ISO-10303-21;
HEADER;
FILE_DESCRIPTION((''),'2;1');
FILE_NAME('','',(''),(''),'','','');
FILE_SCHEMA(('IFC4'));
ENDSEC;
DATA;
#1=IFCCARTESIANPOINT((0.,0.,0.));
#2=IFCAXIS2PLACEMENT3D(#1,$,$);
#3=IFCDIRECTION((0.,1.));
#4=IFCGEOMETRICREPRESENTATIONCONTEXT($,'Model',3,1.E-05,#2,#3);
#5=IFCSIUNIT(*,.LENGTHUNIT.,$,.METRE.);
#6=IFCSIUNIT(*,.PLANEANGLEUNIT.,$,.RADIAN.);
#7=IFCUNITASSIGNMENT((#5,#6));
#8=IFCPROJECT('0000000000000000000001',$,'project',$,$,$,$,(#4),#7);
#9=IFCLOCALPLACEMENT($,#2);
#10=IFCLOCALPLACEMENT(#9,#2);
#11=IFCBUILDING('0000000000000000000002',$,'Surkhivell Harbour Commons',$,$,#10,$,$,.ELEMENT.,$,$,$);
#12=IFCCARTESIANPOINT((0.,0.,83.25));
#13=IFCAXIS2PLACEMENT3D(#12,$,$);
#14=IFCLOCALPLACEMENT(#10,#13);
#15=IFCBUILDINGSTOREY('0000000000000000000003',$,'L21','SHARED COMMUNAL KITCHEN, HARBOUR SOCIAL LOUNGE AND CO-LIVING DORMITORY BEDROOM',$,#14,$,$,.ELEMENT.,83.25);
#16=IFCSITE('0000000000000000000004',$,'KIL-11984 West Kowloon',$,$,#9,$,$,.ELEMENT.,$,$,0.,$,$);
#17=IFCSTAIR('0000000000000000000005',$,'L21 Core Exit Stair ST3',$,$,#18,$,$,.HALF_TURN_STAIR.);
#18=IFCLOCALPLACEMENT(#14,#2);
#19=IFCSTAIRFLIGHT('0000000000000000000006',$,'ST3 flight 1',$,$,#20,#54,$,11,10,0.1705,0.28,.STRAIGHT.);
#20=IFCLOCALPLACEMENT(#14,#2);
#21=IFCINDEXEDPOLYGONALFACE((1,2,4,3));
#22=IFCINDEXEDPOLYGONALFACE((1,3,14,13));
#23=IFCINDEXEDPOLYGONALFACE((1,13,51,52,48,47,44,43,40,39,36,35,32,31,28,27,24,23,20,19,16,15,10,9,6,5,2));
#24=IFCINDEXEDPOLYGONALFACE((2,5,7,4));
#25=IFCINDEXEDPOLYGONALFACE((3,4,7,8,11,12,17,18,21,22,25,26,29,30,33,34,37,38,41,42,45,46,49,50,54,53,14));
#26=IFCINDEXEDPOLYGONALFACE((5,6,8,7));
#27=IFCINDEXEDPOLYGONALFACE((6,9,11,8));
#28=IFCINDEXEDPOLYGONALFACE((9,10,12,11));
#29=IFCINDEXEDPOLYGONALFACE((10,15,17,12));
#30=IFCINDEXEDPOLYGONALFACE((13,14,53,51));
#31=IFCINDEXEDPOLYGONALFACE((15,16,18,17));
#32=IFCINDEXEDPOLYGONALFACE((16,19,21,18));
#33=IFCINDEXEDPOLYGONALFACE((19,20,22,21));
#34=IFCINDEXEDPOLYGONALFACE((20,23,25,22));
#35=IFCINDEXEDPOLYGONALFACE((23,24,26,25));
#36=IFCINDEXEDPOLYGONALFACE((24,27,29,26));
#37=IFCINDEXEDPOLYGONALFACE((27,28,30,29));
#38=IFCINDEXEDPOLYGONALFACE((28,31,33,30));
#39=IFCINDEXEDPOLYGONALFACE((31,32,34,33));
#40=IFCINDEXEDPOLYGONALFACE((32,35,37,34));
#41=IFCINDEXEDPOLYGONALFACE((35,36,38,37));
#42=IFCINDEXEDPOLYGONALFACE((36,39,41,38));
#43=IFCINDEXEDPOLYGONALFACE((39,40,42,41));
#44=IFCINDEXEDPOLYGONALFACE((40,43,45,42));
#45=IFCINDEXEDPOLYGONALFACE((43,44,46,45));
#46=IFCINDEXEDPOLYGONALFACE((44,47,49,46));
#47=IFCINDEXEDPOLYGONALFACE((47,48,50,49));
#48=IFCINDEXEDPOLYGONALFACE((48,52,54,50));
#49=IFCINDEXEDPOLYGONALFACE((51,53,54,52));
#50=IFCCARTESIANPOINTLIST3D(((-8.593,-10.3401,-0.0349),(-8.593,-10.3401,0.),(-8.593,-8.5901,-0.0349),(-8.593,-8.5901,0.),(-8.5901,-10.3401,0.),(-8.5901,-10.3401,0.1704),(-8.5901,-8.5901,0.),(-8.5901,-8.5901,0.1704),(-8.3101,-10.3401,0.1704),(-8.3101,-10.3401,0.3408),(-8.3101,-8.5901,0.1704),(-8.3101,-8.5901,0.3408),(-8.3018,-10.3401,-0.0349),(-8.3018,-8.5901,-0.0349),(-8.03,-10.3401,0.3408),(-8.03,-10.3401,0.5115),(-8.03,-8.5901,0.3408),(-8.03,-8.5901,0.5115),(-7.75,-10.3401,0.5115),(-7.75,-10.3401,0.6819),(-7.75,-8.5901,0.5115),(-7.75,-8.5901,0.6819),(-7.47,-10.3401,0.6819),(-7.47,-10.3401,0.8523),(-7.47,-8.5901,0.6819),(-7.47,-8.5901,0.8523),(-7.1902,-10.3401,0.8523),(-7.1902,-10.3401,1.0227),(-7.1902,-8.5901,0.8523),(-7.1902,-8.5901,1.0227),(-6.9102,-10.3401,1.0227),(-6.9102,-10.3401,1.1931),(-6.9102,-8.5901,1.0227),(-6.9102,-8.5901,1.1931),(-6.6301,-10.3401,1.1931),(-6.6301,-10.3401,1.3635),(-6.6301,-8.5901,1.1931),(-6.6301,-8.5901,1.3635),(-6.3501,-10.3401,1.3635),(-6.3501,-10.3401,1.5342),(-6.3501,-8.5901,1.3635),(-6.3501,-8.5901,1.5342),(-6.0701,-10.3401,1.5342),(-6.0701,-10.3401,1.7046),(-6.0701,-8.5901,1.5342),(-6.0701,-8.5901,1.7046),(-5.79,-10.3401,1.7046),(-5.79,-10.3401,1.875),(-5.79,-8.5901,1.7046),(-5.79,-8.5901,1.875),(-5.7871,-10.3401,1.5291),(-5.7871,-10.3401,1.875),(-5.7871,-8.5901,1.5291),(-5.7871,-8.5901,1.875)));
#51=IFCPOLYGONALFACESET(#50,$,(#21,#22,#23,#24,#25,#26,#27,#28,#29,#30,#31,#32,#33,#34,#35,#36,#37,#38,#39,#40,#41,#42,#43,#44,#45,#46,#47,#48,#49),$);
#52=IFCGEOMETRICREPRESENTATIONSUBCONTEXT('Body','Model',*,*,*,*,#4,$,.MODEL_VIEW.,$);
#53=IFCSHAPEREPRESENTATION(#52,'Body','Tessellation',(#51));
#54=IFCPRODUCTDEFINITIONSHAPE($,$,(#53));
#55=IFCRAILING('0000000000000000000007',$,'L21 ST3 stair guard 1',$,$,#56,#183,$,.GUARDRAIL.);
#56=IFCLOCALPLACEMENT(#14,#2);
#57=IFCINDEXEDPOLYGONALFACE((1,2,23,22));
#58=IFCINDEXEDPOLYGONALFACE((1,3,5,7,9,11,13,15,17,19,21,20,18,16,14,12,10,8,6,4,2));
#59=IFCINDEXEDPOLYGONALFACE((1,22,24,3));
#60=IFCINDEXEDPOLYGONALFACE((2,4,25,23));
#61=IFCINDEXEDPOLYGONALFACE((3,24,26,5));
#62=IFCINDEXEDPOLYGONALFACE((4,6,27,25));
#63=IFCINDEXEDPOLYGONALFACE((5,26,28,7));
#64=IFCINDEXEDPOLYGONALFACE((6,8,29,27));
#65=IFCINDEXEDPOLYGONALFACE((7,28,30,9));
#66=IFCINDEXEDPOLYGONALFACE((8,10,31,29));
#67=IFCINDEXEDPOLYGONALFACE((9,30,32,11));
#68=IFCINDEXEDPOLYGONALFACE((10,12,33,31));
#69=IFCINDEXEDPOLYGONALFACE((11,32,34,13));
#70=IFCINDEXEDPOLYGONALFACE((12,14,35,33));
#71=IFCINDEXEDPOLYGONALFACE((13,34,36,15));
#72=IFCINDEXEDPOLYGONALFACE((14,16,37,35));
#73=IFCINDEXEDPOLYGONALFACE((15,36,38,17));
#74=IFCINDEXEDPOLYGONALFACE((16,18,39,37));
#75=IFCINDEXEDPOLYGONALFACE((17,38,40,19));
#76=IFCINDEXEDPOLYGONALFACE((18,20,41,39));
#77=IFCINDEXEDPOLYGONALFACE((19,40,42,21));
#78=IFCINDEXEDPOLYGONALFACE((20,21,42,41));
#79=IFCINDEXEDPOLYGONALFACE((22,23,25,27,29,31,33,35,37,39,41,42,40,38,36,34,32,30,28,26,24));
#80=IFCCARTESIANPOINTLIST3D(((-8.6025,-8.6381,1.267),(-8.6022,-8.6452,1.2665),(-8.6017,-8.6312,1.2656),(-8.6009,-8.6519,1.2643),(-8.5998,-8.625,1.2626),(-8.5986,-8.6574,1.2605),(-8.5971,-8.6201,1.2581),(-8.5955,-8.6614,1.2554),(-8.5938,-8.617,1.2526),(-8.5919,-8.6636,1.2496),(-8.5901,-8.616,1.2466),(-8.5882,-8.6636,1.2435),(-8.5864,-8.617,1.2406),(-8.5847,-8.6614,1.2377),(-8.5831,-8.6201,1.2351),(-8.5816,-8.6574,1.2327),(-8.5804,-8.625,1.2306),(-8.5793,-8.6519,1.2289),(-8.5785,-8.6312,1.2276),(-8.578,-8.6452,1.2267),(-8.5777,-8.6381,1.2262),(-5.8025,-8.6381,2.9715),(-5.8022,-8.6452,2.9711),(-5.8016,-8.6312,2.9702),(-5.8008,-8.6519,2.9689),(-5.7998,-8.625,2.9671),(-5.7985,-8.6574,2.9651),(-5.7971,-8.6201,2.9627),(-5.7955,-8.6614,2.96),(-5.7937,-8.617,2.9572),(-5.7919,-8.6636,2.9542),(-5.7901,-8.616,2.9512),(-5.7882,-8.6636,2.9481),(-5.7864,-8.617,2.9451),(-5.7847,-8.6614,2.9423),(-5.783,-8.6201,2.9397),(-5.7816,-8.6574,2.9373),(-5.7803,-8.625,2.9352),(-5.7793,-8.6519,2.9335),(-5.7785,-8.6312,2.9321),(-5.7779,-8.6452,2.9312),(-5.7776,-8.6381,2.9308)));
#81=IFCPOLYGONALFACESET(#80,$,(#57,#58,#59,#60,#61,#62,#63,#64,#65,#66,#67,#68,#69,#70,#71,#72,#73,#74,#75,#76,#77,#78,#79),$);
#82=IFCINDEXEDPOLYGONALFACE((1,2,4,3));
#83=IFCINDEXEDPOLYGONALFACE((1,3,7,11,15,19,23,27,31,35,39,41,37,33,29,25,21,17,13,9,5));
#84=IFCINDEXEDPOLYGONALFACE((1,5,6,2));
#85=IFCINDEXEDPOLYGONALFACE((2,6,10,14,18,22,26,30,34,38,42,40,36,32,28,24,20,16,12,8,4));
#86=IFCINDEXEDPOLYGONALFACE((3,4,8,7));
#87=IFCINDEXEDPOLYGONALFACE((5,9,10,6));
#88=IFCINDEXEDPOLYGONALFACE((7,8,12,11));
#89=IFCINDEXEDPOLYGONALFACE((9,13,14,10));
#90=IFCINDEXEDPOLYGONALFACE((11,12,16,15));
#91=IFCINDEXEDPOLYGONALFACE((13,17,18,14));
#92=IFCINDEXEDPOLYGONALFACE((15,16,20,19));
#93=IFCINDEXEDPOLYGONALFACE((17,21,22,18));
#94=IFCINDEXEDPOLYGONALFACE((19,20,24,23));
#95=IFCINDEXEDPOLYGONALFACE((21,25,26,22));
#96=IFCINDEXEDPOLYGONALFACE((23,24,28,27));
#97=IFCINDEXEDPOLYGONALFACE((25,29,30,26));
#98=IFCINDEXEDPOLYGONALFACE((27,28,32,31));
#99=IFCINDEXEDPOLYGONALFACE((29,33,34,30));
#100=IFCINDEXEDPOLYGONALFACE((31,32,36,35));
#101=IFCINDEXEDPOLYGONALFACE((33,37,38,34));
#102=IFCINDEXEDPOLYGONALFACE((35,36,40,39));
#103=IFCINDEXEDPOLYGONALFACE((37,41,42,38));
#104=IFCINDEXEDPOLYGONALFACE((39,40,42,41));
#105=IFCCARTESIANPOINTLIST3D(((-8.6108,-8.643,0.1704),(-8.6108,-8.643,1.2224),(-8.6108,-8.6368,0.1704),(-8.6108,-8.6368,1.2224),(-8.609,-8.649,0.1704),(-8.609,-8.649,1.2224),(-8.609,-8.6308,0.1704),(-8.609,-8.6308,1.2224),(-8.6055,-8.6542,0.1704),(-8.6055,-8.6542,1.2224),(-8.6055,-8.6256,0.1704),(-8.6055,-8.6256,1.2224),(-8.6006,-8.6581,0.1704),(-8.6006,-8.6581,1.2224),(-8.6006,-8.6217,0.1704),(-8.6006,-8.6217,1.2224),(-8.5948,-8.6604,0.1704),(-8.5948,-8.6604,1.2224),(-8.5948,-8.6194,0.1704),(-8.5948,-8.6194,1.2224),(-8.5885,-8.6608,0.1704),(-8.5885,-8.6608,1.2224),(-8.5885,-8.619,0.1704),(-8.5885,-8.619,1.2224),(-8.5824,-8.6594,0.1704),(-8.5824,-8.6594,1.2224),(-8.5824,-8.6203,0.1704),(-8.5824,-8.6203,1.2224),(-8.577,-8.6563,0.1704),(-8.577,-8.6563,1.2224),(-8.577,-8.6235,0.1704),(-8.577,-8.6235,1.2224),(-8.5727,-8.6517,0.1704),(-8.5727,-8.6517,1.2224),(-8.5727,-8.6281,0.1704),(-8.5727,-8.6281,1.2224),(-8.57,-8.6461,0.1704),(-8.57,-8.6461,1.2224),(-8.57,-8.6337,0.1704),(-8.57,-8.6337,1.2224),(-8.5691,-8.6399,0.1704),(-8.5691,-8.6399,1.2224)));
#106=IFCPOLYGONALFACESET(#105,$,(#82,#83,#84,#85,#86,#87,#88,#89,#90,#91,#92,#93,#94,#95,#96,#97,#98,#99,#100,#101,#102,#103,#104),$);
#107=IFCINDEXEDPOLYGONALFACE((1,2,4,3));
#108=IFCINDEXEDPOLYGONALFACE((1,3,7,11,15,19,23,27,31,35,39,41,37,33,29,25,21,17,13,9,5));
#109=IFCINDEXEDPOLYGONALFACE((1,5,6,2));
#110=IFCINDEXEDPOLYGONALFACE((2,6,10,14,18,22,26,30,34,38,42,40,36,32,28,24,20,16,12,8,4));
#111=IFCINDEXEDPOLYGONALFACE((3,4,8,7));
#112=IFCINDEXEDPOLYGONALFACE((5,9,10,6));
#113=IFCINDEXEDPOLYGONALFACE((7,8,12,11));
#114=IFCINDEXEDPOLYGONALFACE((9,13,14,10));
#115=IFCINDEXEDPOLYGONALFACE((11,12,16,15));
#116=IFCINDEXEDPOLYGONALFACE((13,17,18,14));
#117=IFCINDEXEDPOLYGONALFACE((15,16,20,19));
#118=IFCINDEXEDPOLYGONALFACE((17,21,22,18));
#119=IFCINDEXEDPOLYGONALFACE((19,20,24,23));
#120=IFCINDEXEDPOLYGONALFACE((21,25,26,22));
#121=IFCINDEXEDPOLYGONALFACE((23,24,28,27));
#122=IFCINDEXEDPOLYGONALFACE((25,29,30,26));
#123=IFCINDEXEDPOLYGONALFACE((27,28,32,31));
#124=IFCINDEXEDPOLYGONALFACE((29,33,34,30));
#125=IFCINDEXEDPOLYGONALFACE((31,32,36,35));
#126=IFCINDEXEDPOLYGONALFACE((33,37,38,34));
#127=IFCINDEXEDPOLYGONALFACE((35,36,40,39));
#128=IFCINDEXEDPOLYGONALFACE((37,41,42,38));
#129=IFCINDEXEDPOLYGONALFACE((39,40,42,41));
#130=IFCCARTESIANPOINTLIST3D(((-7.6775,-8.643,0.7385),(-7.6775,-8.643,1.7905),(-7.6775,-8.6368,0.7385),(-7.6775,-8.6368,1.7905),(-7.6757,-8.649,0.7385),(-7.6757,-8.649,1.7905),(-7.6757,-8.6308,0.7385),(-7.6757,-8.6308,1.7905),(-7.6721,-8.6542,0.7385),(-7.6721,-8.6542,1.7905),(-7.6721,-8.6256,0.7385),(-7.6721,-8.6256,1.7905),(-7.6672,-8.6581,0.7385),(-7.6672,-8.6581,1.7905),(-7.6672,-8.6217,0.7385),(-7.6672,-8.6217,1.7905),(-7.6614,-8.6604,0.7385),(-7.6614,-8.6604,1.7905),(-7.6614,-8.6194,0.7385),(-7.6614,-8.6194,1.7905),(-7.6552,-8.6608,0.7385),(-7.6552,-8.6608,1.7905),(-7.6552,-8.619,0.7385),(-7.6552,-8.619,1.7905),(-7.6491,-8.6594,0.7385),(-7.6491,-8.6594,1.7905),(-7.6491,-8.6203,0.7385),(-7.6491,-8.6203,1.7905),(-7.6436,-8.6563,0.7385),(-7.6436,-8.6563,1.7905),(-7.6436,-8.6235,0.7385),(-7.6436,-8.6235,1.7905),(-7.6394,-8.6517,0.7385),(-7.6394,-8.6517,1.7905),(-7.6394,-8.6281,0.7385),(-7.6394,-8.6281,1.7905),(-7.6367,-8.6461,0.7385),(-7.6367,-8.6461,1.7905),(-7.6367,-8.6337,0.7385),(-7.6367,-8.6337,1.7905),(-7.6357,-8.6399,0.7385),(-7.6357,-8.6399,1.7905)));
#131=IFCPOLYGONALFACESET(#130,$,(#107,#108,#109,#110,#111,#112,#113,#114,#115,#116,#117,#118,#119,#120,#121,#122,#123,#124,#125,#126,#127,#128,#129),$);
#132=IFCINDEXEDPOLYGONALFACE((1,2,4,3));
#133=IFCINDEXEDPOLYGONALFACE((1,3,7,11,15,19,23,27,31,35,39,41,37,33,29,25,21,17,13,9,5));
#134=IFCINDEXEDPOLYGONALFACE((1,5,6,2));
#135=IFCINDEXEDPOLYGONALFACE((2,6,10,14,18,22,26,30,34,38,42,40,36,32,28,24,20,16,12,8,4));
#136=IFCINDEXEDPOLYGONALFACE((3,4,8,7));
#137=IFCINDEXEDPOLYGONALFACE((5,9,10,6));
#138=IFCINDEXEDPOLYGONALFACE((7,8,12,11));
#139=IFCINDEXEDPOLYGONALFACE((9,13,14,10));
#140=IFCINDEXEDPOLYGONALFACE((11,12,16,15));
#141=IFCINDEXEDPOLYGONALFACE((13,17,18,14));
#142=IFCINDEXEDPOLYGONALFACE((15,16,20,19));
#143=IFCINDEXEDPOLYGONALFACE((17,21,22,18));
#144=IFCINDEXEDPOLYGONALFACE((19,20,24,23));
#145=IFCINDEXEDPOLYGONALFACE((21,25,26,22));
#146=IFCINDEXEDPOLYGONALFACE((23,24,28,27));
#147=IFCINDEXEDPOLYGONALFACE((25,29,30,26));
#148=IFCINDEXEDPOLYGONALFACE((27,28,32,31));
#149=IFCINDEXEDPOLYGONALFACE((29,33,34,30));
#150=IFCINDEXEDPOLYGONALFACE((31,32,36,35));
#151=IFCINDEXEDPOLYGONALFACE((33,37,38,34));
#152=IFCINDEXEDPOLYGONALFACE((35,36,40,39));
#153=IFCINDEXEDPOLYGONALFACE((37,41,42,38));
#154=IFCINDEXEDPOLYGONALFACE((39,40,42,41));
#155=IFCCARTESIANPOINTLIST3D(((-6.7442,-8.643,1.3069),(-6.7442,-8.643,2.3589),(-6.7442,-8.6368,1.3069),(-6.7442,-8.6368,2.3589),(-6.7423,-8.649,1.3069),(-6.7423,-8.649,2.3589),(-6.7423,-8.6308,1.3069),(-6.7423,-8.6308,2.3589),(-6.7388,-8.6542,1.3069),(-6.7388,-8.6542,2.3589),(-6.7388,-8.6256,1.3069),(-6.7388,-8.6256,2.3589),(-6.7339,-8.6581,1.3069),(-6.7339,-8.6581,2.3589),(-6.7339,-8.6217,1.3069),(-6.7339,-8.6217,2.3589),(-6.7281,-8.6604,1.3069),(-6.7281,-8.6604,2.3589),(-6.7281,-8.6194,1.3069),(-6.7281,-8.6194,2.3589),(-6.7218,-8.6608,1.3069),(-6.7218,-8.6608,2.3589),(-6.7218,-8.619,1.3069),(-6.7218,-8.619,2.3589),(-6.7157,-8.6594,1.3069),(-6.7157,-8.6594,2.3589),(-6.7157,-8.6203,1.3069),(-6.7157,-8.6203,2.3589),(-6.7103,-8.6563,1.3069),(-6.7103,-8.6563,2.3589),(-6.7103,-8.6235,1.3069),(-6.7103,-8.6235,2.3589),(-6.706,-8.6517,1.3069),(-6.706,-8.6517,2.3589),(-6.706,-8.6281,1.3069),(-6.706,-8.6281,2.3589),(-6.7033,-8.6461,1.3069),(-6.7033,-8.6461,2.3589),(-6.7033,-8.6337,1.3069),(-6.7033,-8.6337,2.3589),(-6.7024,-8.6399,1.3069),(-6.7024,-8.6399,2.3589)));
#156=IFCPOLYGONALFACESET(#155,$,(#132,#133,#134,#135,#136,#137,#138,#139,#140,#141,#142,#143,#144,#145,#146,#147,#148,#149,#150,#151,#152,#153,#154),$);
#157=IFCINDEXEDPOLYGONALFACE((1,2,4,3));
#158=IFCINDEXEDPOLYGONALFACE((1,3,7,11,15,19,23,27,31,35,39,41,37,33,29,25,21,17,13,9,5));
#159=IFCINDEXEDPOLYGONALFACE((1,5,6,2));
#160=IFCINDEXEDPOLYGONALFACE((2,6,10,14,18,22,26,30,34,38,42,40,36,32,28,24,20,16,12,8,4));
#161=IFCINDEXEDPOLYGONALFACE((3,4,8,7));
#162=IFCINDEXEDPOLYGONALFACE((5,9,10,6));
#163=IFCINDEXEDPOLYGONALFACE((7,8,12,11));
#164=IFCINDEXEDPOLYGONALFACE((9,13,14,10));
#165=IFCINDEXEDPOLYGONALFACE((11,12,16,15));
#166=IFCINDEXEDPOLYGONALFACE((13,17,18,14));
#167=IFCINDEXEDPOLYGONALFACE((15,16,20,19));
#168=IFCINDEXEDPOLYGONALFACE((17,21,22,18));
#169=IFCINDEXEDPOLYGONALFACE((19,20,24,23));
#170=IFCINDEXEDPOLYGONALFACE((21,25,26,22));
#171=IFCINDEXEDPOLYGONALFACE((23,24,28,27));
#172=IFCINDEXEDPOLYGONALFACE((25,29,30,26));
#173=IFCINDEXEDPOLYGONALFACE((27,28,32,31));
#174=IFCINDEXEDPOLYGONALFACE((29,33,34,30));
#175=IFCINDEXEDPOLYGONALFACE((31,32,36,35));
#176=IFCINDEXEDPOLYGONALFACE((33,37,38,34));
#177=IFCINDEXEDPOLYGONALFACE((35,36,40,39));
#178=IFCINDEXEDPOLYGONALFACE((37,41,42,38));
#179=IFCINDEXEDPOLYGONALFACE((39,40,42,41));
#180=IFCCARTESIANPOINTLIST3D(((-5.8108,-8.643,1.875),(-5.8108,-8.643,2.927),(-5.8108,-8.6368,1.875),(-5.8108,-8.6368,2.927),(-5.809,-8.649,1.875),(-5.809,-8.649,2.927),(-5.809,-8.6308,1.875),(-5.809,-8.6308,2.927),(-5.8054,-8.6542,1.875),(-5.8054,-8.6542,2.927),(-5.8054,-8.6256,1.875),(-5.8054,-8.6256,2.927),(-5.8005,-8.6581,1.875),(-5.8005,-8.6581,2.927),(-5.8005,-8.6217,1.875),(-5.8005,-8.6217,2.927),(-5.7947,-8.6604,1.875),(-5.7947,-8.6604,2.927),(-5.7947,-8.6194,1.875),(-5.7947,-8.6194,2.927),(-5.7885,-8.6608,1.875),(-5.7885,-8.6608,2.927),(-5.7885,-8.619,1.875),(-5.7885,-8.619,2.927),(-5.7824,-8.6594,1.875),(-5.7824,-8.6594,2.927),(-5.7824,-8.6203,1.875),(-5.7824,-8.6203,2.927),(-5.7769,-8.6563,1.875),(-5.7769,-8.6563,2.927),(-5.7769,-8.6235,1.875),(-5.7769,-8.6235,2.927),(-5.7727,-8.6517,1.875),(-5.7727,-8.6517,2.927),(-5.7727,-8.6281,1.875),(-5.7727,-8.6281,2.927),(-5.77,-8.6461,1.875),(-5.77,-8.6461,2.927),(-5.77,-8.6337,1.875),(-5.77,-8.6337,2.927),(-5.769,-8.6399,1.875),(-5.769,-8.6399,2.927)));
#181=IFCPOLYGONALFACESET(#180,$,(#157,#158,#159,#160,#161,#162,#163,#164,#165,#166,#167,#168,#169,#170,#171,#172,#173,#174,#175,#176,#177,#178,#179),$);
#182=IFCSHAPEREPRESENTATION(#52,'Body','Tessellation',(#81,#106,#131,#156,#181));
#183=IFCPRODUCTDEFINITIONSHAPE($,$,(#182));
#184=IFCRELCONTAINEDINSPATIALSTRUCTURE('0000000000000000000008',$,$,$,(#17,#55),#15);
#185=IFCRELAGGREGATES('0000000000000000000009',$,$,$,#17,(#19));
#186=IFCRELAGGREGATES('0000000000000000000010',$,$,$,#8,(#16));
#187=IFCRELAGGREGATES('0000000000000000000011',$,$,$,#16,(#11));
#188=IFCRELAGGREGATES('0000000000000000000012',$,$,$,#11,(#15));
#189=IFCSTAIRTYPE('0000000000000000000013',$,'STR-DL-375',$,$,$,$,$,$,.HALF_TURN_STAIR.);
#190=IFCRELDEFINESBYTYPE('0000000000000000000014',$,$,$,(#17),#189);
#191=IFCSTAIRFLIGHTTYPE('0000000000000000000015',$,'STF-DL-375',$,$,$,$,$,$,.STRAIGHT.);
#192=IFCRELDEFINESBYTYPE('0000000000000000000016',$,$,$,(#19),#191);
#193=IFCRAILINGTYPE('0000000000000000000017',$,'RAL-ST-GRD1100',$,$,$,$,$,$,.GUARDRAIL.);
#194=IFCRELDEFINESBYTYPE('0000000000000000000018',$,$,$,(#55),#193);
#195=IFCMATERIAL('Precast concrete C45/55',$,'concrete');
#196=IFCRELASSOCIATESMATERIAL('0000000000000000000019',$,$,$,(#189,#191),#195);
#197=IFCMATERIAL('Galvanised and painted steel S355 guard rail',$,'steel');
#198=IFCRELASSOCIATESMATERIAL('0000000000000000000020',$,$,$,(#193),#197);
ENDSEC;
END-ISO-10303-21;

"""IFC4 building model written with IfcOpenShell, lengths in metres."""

from ifc_helpers import new_model, si_unit, direction, frame, origin, origin_2d, place, context, subcontext, project, spatial, polyline, circle, outline, extrude, material, type_object, element, aggregate, save


model = new_model("IFC4")

# Units and contexts
model_context = context("Model", 3, precision=1e-05, world=origin(), true_north=direction((0.0, 1.0)))
body_context = subcontext(model_context, "Body", "Model", "MODEL_VIEW")
ifc_project = project(units=[si_unit("LENGTHUNIT", "METRE"), si_unit("PLANEANGLEUNIT", "RADIAN")], contexts=[model_context])

# Site, building, storey
site_placement = place(None, origin())
site = spatial("IfcSite", under=ifc_project, at=site_placement, Name="KIL-11984 West Kowloon", CompositionType="ELEMENT", RefElevation=0.0)
building_placement = place(site_placement, origin())
building = spatial("IfcBuilding", under=site, at=building_placement, Name="Surkhivell Harbour Commons", CompositionType="ELEMENT")
storey_placement = place(building_placement, frame((0.0, 0.0, 83.25)))
storey = spatial("IfcBuildingStorey", under=building, at=storey_placement, Name="L21", Description="SHARED COMMUNAL KITCHEN, HARBOUR SOCIAL LOUNGE AND CO-LIVING DORMITORY BEDROOM", CompositionType="ELEMENT", Elevation=83.25)

# Stair, stair flight
ifc_material_1 = material(Name="Precast concrete C45/55", Category="concrete")
stair_type = type_object("IfcStairType", Name="STR-DL-375", PredefinedType="HALF_TURN_STAIR", material=ifc_material_1)
stair_placement = place(storey_placement, origin())
stair = element("IfcStair", 1, at=stair_placement, inside=storey, type_object=stair_type, Name="L21 Core Exit Stair ST3", PredefinedType="HALF_TURN_STAIR")
stair_flight_type = type_object("IfcStairFlightType", Name="STF-DL-375", PredefinedType="STRAIGHT", material=ifc_material_1)
stair_flight_placement = place(storey_placement, frame((-8.5901, -9.4651, 0.0), z_axis=(0.0, 0.0, 1.0), x_axis=(1.0, 0.0, 0.0)))
stair_flight = element("IfcStairFlight", 2, at=stair_flight_placement, type_object=stair_flight_type, Name="ST3 flight 1", NumberOfRisers=11, NumberOfTreads=10, PredefinedType="STRAIGHT", RiserHeight=0.1705, TreadLength=0.28, context=body_context, shape_type="SweptSolid", body=[
    extrude(outline(polyline([(-0.0029, -0.0349), (-0.0029, 0.0), (0.0, 0.0), (0.0, 0.1704), (0.28, 0.1704), (0.28, 0.3408), (0.5601, 0.3408), (0.5601, 0.5115), (0.8401, 0.5115), (0.8401, 0.6819), (1.1201, 0.6819), (1.1201, 0.8523), (1.3999, 0.8523), (1.3999, 1.0227), (1.6799, 1.0227), (1.6799, 1.1931), (1.96, 1.1931), (1.96, 1.3635), (2.24, 1.3635), (2.24, 1.5342), (2.52, 1.5342), (2.52, 1.7046), (2.8, 1.7046), (2.8, 1.875), (2.803, 1.875), (2.803, 1.5291), (0.2883, -0.0349), (-0.0029, -0.0349)])), frame((0.0, 0.875, 0.0), z_axis=(0.0, -1.0, 0.0), x_axis=(1.0, 0.0, 0.0)), (0.0, 0.0, 1.0), 1.75),
])
aggregate(stair, [stair_flight])

# Railing
ifc_material_2 = material(Name="Galvanised and painted steel S355 guard rail", Category="steel")
railing_type_1 = type_object("IfcRailingType", Name="RAL-ST-GRD1100", PredefinedType="GUARDRAIL", material=ifc_material_2)
railing_1_placement = place(storey_placement, frame((-8.5901, -8.6399, 0.1704)))
element("IfcRailing", 3, at=railing_1_placement, inside=storey, type_object=railing_type_1, Name="L21 ST3 stair guard 1", PredefinedType="GUARDRAIL", context=body_context, shape_type="SweptSolid", body=[
    extrude(circle(Radius=0.0239, at=origin_2d()), frame((0.0, 0.0, 1.0762), z_axis=(0.85417, 0.0, 0.519994), x_axis=(0.0, 1.0, 0.0)), (0.0, 0.0, 1.0), 3.2781),
    extrude(circle(Radius=0.021, at=origin_2d()), origin(), (0.0, 0.0, 1.0), 1.052),
    extrude(circle(Radius=0.021, at=origin_2d()), frame((0.9333, 0.0, 0.5681)), (0.0, 0.0, 1.0), 1.052),
    extrude(circle(Radius=0.021, at=origin_2d()), frame((1.8667, 0.0, 1.1365)), (0.0, 0.0, 1.0), 1.052),
    extrude(circle(Radius=0.021, at=origin_2d()), frame((2.8, 0.0, 1.7046)), (0.0, 0.0, 1.0), 1.052),
])

save(model, "model.ifc")
